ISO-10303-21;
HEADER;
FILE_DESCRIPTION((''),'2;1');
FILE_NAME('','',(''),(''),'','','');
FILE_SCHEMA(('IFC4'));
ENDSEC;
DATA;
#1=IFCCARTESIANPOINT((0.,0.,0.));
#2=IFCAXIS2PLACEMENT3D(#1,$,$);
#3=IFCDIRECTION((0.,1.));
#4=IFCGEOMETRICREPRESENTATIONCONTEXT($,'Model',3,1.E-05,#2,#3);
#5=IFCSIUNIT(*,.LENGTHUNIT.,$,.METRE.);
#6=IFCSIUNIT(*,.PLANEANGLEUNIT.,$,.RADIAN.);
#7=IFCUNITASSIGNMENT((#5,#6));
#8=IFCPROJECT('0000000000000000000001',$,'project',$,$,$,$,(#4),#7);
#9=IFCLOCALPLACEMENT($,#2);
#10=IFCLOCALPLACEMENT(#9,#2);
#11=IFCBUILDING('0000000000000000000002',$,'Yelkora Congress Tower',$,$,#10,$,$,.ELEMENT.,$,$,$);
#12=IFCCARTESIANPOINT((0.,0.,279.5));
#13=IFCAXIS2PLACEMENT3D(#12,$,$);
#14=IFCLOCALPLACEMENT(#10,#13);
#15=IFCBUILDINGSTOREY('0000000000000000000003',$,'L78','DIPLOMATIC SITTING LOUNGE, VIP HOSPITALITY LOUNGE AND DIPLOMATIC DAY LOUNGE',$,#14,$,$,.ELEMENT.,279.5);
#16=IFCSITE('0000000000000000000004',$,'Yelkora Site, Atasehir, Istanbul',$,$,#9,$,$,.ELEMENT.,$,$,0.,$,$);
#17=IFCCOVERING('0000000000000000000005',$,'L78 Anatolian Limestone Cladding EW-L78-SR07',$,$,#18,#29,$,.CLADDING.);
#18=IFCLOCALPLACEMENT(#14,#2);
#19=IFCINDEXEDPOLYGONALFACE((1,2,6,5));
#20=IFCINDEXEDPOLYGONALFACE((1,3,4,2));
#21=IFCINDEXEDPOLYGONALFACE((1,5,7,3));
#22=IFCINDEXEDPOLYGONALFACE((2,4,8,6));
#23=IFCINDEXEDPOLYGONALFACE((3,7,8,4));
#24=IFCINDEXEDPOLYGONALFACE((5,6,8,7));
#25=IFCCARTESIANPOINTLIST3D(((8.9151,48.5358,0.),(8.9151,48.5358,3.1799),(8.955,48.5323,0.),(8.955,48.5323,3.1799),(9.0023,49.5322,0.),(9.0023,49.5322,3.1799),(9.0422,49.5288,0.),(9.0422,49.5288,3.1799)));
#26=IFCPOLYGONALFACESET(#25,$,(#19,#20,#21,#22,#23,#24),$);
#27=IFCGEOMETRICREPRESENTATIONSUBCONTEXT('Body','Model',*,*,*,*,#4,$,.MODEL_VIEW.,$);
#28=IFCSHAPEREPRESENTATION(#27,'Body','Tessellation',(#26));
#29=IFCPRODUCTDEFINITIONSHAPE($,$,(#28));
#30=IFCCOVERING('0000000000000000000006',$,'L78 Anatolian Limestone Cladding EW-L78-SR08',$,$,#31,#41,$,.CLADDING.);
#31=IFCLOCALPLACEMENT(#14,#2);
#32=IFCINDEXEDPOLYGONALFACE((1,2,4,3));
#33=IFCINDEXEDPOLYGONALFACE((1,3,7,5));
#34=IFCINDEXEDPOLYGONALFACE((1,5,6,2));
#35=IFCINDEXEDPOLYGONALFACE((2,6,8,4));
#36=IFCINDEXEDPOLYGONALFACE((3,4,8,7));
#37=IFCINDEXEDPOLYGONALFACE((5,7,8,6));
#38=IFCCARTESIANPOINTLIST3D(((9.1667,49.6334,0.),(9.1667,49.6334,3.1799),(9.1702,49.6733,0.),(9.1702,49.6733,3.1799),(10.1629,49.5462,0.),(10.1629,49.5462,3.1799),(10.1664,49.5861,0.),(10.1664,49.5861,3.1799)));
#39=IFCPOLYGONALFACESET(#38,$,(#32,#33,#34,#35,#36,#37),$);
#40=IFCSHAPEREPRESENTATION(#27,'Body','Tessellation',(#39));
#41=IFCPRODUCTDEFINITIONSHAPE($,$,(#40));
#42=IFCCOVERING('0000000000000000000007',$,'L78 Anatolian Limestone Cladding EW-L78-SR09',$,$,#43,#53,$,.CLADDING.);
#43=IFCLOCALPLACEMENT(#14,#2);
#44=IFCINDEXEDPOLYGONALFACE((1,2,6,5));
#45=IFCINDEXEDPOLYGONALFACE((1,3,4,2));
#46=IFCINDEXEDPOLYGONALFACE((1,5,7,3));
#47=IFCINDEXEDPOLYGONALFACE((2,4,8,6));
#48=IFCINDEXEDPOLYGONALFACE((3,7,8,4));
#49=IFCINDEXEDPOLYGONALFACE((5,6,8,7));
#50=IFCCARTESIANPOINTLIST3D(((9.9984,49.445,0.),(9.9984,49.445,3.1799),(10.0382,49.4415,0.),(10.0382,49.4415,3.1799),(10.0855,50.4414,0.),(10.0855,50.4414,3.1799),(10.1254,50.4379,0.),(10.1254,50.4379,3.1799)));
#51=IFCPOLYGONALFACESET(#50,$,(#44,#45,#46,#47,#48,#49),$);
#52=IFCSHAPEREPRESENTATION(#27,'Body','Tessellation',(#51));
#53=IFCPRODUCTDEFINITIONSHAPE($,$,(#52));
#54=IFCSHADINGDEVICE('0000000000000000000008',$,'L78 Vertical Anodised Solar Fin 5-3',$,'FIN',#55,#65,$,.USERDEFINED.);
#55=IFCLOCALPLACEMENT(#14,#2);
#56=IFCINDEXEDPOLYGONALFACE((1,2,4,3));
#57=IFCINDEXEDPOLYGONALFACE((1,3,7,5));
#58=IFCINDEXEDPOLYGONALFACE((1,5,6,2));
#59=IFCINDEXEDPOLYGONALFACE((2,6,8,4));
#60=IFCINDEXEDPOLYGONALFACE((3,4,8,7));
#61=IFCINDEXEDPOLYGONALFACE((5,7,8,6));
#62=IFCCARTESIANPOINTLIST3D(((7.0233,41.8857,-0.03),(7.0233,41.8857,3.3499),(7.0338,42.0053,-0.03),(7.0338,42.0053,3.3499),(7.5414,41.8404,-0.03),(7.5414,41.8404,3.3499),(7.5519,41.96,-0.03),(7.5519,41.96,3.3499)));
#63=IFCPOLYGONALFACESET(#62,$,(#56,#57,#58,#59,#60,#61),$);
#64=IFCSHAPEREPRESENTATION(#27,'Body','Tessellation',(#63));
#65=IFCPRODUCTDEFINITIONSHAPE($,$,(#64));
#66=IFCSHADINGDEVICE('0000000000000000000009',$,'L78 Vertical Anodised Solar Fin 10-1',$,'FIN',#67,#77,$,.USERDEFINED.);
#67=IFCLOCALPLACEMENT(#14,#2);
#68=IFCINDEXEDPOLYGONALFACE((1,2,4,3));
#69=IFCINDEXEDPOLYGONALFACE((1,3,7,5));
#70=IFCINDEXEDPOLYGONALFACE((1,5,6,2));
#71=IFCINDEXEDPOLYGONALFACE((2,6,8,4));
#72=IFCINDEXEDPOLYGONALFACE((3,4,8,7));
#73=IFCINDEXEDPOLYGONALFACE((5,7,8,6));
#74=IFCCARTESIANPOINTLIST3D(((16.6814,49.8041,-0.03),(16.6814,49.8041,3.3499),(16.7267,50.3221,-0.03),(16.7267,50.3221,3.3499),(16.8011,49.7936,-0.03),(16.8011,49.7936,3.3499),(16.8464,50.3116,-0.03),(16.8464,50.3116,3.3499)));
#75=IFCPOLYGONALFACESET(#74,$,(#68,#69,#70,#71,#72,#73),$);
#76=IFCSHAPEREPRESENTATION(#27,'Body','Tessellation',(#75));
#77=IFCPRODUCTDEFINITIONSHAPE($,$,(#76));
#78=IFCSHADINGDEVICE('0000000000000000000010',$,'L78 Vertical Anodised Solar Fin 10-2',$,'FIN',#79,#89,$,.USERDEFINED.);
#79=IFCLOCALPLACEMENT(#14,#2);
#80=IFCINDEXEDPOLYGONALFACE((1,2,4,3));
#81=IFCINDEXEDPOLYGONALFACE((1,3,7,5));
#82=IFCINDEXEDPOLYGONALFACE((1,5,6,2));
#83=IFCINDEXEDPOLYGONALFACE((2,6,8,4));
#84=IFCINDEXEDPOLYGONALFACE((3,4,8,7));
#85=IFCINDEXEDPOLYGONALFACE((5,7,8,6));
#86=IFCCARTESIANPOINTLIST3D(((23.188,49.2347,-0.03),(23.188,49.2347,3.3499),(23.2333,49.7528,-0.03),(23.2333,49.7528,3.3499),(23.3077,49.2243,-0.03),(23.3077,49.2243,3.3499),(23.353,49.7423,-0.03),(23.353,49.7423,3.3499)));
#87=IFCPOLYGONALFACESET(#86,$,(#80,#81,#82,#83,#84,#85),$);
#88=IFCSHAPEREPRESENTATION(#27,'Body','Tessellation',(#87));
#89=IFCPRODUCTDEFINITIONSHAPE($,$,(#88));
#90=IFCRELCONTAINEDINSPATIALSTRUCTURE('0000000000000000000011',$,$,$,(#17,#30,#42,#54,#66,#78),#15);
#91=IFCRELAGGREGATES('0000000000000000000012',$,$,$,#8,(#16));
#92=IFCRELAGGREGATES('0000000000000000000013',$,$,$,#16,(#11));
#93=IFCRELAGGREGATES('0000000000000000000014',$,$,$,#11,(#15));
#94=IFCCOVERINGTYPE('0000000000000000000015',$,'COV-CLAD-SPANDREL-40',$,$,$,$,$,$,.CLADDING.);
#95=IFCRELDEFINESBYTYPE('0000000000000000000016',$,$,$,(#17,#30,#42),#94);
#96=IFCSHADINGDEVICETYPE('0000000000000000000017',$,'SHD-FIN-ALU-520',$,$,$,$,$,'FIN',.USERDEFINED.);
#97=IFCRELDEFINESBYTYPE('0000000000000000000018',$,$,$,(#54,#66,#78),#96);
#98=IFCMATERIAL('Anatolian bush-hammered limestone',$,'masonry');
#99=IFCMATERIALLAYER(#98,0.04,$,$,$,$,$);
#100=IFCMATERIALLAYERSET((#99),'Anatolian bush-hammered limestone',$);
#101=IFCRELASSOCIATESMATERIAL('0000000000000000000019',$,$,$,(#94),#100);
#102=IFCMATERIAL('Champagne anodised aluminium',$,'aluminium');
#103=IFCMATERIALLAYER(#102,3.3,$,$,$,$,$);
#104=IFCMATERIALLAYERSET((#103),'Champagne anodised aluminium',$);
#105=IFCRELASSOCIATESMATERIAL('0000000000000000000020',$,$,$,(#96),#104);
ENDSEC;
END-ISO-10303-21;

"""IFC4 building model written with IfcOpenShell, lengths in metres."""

from ifc_helpers import new_model, si_unit, direction, frame, frame_2d, origin, origin_2d, place, context, subcontext, project, spatial, rectangle, extrude, material, layer, layer_set, type_object, element, save


model = new_model("IFC4")

# Units and contexts
model_context = context("Model", 3, precision=1e-05, world=origin(), true_north=direction((0.0, 1.0)))
body_context = subcontext(model_context, "Body", "Model", "MODEL_VIEW")
ifc_project = project(units=[si_unit("LENGTHUNIT", "METRE"), si_unit("PLANEANGLEUNIT", "RADIAN")], contexts=[model_context])

# Site, building, storey
site_placement = place(None, origin())
site = spatial("IfcSite", under=ifc_project, at=site_placement, Name="Yelkora Site, Atasehir, Istanbul", CompositionType="ELEMENT", RefElevation=0.0)
building_placement = place(site_placement, origin())
building = spatial("IfcBuilding", under=site, at=building_placement, Name="Yelkora Congress Tower", CompositionType="ELEMENT")
storey_placement = place(building_placement, frame((0.0, 0.0, 279.5)))
storey = spatial("IfcBuildingStorey", under=building, at=storey_placement, Name="L78", Description="DIPLOMATIC SITTING LOUNGE, VIP HOSPITALITY LOUNGE AND DIPLOMATIC DAY LOUNGE", CompositionType="ELEMENT", Elevation=279.5)

# Coverings
ifc_material_1 = material(Name="Anatolian bush-hammered limestone", Category="masonry")
ifc_layer_1 = layer(ifc_material_1, 0.04)
ifc_layer_set_1 = layer_set([ifc_layer_1], Name="Anatolian bush-hammered limestone")
covering_type = type_object("IfcCoveringType", Name="COV-CLAD-SPANDREL-40", PredefinedType="CLADDING", material=ifc_layer_set_1)
for number, where, z_axis, x_axis, name in (
    (1, (8.9351, 48.5342, 0.0), (0.0, 0.0, 1.0), (0.087146, 0.996196, 0.0), "L78 Anatolian Limestone Cladding EW-L78-SR07"),
):
    element("IfcCovering", number, at=place(storey_placement, frame(where, z_axis=z_axis, x_axis=x_axis)), inside=storey, type_object=covering_type, Name=name, PredefinedType="CLADDING", context=body_context, shape_type="SweptSolid", body=[
        extrude(rectangle(XDim=1.0002, YDim=0.04, at=frame_2d((0.5, 0.0))), origin(), (0.0, 0.0, 1.0), 3.1799),
    ])
covering_1_placement = place(storey_placement, frame((9.1685, 49.6533, 0.0), z_axis=(0.0, 0.0, 1.0), x_axis=(0.996194, -0.087167, 0.0)))
element("IfcCovering", 2, at=covering_1_placement, inside=storey, type_object=covering_type, Name="L78 Anatolian Limestone Cladding EW-L78-SR08", PredefinedType="CLADDING", context=body_context, shape_type="SweptSolid", body=[
    extrude(rectangle(XDim=1.0, YDim=0.04, at=frame_2d((0.5, 0.0))), origin(), (0.0, 0.0, 1.0), 3.1799),
])
covering_2_placement = place(storey_placement, frame((10.0183, 49.4434, 0.0), z_axis=(0.0, 0.0, 1.0), x_axis=(0.087146, 0.996196, 0.0)))
element("IfcCovering", 3, at=covering_2_placement, inside=storey, type_object=covering_type, Name="L78 Anatolian Limestone Cladding EW-L78-SR09", PredefinedType="CLADDING", context=body_context, shape_type="SweptSolid", body=[
    extrude(rectangle(XDim=1.0002, YDim=0.04, at=frame_2d((0.5, 0.0))), origin(), (0.0, 0.0, 1.0), 3.1799),
])

# Shading devices
ifc_material_2 = material(Name="Champagne anodised aluminium", Category="aluminium")
ifc_layer_2 = layer(ifc_material_2, 3.3)
ifc_layer_set_2 = layer_set([ifc_layer_2], Name="Champagne anodised aluminium")
shading_device_type = type_object("IfcShadingDeviceType", Name="SHD-FIN-ALU-520", ElementType="FIN", PredefinedType="USERDEFINED", material=ifc_layer_set_2)
for number, where, z_axis, x_axis, name in (
    (4, (7.2876, 41.9229, -0.03), (0.0, 0.0, 1.0), (0.087156, 0.996195, 0.0), "L78 Vertical Anodised Solar Fin 5-3"),
    (5, (16.7639, 50.0579, -0.03), (0.0, 0.0, 1.0), (0.996195, -0.087156, 0.0), "L78 Vertical Anodised Solar Fin 10-1"),
    (6, (23.2705, 49.4885, -0.03), (0.0, 0.0, 1.0), (0.996195, -0.087156, 0.0), "L78 Vertical Anodised Solar Fin 10-2"),
):
    element("IfcShadingDevice", number, at=place(storey_placement, frame(where, z_axis=z_axis, x_axis=x_axis)), inside=storey, type_object=shading_device_type, Name=name, ObjectType="FIN", PredefinedType="USERDEFINED", context=body_context, shape_type="SweptSolid", body=[
        extrude(rectangle(XDim=0.1201, YDim=0.52, at=origin_2d()), origin(), (0.0, 0.0, 1.0), 3.3799),
    ])

save(model, "model.ifc")
